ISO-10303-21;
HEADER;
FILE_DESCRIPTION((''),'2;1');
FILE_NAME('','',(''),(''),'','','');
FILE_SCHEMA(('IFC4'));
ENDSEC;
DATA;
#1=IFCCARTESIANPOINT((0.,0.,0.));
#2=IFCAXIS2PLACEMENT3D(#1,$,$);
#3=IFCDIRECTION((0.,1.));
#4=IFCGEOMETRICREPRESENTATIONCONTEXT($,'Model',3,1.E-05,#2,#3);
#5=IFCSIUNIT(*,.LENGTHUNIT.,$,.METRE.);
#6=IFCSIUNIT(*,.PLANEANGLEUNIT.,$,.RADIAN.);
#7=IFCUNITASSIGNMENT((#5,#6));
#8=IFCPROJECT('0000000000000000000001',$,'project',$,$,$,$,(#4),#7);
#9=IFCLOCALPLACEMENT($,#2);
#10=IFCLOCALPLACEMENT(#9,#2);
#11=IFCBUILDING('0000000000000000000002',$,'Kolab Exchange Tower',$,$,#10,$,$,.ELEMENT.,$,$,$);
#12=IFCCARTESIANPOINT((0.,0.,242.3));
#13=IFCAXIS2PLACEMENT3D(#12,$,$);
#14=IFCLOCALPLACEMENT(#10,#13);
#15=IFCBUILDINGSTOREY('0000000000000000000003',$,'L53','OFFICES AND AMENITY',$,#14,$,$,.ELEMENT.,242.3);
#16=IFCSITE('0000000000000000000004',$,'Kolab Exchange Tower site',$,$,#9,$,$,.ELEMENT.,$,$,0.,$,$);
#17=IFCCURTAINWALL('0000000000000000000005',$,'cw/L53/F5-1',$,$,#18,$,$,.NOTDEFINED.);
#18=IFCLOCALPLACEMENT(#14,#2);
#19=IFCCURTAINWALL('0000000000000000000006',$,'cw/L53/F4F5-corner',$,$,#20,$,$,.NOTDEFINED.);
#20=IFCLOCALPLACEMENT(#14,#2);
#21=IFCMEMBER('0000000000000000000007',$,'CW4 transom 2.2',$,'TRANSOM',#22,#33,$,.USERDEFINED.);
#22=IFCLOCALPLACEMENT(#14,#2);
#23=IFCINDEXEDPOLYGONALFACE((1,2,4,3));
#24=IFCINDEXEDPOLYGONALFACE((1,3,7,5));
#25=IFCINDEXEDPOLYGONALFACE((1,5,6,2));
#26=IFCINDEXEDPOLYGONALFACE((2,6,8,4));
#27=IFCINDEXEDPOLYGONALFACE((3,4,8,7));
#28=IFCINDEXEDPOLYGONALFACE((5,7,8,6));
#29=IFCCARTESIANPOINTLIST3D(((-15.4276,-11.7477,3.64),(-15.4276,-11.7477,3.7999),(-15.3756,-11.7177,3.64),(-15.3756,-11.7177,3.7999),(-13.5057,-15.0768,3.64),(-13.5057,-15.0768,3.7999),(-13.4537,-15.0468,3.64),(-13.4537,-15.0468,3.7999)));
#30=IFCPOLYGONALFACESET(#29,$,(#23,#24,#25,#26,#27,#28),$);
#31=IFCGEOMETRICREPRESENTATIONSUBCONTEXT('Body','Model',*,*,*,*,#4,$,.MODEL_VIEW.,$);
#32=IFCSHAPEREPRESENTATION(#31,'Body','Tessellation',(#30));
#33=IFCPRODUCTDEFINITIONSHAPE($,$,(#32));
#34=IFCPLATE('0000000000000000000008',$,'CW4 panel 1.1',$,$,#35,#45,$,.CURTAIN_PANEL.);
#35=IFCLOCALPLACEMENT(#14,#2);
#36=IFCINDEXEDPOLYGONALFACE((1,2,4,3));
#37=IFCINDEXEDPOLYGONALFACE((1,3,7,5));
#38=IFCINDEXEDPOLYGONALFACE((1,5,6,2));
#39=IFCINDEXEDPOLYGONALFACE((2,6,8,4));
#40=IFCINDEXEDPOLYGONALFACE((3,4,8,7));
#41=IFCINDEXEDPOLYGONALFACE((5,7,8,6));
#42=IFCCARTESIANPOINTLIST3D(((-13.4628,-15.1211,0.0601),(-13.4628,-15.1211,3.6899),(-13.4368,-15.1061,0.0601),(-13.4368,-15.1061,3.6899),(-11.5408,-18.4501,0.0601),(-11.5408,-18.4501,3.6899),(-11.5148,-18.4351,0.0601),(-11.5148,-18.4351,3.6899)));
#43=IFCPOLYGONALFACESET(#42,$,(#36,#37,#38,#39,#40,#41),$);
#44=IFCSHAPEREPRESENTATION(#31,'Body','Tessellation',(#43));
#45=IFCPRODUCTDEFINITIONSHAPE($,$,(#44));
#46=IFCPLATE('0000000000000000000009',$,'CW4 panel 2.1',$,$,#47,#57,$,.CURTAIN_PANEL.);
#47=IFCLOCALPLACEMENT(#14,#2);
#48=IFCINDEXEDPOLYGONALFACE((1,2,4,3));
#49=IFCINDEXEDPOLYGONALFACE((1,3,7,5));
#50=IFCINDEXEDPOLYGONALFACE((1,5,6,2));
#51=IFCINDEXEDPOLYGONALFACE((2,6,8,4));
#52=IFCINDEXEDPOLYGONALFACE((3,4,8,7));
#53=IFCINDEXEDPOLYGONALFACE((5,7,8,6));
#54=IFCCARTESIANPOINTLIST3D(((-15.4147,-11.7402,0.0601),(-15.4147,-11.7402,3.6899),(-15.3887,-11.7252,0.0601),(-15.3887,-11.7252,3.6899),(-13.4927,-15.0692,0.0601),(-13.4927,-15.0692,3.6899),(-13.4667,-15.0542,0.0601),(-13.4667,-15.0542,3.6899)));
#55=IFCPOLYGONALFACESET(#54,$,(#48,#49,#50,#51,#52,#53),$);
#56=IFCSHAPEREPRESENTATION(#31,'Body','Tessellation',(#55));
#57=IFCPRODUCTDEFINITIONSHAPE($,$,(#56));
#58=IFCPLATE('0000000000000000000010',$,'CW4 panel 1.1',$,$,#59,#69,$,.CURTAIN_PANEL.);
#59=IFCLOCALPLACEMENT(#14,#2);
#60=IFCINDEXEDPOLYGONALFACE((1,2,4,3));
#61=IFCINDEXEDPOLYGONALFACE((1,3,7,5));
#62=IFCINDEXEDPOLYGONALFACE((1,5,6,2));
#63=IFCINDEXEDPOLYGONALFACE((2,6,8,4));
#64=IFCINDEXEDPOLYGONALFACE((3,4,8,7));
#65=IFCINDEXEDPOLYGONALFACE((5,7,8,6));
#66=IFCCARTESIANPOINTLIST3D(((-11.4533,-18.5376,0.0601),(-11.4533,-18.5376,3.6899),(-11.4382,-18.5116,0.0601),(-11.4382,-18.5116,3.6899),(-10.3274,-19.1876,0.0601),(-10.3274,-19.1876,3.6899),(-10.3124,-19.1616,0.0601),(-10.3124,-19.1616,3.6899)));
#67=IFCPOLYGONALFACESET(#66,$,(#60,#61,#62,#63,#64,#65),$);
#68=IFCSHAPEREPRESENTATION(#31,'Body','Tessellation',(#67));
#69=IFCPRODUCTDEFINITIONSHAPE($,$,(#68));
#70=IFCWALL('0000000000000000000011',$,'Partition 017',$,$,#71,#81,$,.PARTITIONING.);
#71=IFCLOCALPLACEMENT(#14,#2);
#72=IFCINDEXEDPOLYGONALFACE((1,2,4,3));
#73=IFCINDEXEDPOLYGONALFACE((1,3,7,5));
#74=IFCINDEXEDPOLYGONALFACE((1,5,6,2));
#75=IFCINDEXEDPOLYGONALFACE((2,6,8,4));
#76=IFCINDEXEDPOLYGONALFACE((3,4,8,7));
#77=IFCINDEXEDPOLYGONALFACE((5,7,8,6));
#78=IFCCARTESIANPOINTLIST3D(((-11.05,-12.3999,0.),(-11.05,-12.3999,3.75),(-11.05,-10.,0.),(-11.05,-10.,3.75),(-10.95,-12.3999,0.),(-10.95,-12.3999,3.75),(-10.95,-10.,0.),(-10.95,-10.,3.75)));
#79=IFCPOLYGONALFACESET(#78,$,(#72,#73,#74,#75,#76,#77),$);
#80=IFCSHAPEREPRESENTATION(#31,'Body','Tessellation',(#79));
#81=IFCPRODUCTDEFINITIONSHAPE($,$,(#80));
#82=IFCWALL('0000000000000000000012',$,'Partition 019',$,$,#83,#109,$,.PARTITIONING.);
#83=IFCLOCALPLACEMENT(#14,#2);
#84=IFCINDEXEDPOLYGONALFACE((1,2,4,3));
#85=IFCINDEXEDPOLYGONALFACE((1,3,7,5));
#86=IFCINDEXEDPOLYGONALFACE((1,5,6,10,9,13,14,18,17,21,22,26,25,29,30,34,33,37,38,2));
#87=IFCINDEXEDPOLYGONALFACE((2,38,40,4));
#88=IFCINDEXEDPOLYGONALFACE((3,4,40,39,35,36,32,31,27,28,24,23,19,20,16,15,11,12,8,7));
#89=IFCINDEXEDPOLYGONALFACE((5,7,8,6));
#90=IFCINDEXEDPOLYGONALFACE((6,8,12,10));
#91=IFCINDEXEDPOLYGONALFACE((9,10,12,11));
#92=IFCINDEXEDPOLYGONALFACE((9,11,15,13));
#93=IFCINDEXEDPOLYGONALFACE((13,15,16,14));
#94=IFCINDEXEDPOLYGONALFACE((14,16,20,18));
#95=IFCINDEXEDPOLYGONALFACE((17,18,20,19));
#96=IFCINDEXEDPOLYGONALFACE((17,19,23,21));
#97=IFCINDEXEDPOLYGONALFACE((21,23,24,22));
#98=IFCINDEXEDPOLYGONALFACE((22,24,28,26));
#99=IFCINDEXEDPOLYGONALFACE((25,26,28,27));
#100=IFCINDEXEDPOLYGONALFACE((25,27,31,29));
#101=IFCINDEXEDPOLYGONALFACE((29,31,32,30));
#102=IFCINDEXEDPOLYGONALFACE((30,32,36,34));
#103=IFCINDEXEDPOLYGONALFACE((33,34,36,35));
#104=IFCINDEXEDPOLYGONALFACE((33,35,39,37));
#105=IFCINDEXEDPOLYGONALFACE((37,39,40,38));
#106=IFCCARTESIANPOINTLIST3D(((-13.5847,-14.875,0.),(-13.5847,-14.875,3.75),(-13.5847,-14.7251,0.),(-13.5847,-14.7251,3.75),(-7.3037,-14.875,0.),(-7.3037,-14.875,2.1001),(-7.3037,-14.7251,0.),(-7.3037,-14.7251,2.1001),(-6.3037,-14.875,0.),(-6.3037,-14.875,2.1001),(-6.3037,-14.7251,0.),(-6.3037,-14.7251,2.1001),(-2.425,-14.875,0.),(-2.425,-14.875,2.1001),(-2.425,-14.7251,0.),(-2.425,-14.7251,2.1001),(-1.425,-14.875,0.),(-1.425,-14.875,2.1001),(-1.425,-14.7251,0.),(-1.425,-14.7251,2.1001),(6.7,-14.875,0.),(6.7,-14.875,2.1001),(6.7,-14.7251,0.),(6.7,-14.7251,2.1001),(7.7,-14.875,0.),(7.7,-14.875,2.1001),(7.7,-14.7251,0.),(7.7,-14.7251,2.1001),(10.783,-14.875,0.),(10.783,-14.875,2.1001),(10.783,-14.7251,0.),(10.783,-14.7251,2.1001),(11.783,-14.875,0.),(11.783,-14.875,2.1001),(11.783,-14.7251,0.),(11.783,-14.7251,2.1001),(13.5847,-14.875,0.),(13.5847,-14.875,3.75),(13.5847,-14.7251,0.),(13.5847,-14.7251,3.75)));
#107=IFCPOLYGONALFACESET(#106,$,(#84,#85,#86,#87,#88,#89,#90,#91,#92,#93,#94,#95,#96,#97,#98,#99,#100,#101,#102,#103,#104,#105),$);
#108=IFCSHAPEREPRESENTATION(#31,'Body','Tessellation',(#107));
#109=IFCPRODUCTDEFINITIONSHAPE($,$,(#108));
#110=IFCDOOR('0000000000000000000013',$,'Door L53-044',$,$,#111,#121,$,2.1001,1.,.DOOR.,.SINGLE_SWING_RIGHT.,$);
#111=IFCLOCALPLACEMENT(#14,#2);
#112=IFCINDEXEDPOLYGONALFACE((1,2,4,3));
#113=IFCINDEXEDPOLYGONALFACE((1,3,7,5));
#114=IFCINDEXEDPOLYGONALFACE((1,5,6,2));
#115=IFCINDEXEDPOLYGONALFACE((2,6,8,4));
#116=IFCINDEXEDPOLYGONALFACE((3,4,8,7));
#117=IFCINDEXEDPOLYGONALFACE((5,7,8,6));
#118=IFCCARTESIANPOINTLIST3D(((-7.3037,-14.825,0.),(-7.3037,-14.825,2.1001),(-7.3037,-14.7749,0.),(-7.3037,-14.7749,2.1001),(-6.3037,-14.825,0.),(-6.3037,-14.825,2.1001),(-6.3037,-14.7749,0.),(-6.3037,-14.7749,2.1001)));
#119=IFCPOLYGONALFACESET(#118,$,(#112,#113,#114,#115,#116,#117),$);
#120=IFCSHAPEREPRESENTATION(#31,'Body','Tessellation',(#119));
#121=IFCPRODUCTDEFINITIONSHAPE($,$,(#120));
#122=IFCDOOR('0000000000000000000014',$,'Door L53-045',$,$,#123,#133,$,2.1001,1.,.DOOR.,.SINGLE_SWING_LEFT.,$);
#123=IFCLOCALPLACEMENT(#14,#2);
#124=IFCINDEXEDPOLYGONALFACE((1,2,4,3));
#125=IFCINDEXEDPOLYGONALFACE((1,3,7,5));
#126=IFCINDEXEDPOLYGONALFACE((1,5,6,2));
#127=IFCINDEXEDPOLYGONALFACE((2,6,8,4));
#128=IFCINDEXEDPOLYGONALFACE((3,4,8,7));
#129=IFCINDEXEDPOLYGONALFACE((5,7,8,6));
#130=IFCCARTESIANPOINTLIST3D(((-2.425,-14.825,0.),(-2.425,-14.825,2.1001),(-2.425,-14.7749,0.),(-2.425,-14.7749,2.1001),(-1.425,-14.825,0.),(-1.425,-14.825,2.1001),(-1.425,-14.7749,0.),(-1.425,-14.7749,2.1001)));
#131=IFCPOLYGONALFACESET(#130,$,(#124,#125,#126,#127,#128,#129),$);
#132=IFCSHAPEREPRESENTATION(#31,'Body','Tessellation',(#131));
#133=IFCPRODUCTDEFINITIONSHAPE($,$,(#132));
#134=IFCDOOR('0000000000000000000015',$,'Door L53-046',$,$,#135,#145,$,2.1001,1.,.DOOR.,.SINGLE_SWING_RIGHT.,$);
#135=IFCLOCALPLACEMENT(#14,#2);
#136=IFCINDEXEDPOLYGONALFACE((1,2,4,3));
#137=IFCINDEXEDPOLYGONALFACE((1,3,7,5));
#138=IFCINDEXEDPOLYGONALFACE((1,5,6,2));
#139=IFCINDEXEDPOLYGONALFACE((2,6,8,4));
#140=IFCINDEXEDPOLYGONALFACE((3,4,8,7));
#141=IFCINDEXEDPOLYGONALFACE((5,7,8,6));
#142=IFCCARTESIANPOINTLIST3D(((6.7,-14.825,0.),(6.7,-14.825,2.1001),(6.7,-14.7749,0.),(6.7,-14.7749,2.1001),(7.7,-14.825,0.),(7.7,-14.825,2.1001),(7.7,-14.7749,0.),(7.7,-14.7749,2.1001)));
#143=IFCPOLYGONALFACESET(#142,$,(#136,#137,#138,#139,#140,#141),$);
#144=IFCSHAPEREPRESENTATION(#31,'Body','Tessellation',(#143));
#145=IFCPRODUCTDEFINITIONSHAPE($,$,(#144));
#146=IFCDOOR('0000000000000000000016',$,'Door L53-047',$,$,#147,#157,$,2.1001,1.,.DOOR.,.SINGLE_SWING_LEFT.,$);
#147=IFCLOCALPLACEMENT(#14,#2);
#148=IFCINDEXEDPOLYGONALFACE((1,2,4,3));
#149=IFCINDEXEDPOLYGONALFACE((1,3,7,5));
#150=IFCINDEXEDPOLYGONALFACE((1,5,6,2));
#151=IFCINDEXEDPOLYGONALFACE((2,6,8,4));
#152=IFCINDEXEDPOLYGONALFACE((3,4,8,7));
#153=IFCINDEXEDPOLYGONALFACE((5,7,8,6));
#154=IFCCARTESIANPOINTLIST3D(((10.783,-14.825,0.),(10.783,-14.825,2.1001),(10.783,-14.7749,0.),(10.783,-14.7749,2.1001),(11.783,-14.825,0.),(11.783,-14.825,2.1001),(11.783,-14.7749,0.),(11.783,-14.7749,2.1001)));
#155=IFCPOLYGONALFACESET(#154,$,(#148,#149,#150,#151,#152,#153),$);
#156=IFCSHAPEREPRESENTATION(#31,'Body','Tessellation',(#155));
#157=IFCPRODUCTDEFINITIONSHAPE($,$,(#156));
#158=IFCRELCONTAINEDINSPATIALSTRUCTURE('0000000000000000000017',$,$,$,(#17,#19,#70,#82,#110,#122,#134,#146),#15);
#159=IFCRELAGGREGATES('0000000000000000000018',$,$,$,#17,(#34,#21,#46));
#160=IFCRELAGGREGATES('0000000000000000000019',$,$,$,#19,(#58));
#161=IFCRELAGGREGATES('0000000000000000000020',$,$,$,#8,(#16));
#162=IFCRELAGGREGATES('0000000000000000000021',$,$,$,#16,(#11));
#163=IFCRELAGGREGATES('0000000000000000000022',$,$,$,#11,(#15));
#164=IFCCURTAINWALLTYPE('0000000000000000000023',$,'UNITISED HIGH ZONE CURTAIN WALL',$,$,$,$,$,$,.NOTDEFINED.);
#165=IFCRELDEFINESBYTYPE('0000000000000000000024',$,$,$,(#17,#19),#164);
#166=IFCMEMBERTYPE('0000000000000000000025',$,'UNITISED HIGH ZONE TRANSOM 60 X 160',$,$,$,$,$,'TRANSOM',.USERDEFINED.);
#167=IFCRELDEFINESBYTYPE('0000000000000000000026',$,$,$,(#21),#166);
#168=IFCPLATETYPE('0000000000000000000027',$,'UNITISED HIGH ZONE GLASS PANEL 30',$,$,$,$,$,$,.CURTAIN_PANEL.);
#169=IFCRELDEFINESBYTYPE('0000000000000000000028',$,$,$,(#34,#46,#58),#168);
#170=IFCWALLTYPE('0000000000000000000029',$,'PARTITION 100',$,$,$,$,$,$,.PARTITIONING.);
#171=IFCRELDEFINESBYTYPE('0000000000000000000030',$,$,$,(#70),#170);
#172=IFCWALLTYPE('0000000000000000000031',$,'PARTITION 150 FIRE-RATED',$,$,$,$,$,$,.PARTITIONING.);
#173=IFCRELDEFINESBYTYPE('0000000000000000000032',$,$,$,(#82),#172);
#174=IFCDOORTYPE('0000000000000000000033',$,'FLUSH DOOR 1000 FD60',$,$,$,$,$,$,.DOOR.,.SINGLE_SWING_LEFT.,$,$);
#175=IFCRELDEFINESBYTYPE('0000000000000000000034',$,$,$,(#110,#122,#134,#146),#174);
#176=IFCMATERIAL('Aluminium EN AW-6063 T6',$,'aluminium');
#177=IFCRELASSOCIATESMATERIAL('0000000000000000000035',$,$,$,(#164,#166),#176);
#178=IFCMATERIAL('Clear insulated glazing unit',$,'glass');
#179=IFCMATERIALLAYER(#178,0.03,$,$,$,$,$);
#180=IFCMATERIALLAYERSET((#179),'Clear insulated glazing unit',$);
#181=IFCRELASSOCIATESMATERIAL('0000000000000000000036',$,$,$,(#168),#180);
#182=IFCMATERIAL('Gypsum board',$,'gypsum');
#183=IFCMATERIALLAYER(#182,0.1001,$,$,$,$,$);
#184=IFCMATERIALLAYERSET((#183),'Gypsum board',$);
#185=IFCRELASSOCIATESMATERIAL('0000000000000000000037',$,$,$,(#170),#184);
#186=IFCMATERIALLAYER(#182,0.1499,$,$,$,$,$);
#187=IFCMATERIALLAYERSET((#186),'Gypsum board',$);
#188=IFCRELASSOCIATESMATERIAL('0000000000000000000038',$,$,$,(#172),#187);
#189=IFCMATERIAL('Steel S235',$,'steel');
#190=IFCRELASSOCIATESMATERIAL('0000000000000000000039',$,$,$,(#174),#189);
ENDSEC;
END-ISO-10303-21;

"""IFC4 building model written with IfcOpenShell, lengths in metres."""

from ifc_helpers import new_model, si_unit, direction, frame, frame_2d, origin, origin_2d, place, context, subcontext, project, spatial, rectangle, extrude, material, layer, layer_set, material_profile, profile_set, type_object, element, fill, aggregate, save


model = new_model("IFC4")

# Units and contexts
model_context = context("Model", 3, precision=1e-05, world=origin(), true_north=direction((0.0, 1.0)))
body_context = subcontext(model_context, "Body", "Model", "MODEL_VIEW")
ifc_project = project(units=[si_unit("LENGTHUNIT", "METRE"), si_unit("PLANEANGLEUNIT", "RADIAN")], contexts=[model_context])

# Site, building, storey
site_placement = place(None, origin())
site = spatial("IfcSite", under=ifc_project, at=site_placement, Name="Kolab Exchange Tower site", CompositionType="ELEMENT", RefElevation=0.0)
building_placement = place(site_placement, origin())
building = spatial("IfcBuilding", under=site, at=building_placement, Name="Kolab Exchange Tower", CompositionType="ELEMENT")
storey_placement = place(building_placement, frame((0.0, 0.0, 242.3)))
storey = spatial("IfcBuildingStorey", under=building, at=storey_placement, Name="L53", Description="OFFICES AND AMENITY", CompositionType="ELEMENT", Elevation=242.3)

# Curtain wall
ifc_material_1 = material(Name="Aluminium EN AW-6063 T6", Category="aluminium")
curtain_wall_type = type_object("IfcCurtainWallType", Name="UNITISED HIGH ZONE CURTAIN WALL", PredefinedType="NOTDEFINED", material=ifc_material_1)
curtain_wall_1_placement = place(storey_placement, origin())
curtain_wall_1 = element("IfcCurtainWall", 1, at=curtain_wall_1_placement, inside=storey, type_object=curtain_wall_type, Name="cw/L53/F5-1", PredefinedType="NOTDEFINED")

# Curtain wall
curtain_wall_2_placement = place(storey_placement, origin())
curtain_wall_2 = element("IfcCurtainWall", 2, at=curtain_wall_2_placement, inside=storey, type_object=curtain_wall_type, Name="cw/L53/F4F5-corner", PredefinedType="NOTDEFINED")

# Member
ifc_material_profile_1 = material_profile(ifc_material_1, rectangle(XDim=0.0601, YDim=0.1599, at=origin_2d()), Name="RECT 60X160")
ifc_profile_set_1 = profile_set([ifc_material_profile_1], Name="Aluminium EN AW-6063 T6")
member_type_1 = type_object("IfcMemberType", Name="UNITISED HIGH ZONE TRANSOM 60 X 160", ElementType="TRANSOM", PredefinedType="USERDEFINED", material=ifc_profile_set_1)
member_1_placement = place(storey_placement, frame((-13.4797, -15.0618, 3.72), z_axis=(-0.499964, 0.866046, 0.0), x_axis=(-0.866046, -0.499964, 0.0)))
member_1 = element("IfcMember", 3, at=member_1_placement, type_object=member_type_1, Name="CW4 transom 2.2", ObjectType="TRANSOM", PredefinedType="USERDEFINED", context=body_context, shape_type="SweptSolid", body=[
    extrude(rectangle(XDim=0.0601, YDim=0.1599, at=origin_2d()), origin(), (0.0, 0.0, 1.0), 3.844),
])

# Plates
ifc_material_2 = material(Name="Clear insulated glazing unit", Category="glass")
ifc_layer_1 = layer(ifc_material_2, 0.03)
ifc_layer_set_1 = layer_set([ifc_layer_1], Name="Clear insulated glazing unit")
plate_type = type_object("IfcPlateType", Name="UNITISED HIGH ZONE GLASS PANEL 30", PredefinedType="CURTAIN_PANEL", material=ifc_layer_set_1)
plate_1_placement = place(storey_placement, frame((-12.4888, -16.7781, 0.0601), z_axis=(0.0, 0.0, 1.0), x_axis=(-0.5, 0.866025, 0.0)))
plate_1 = element("IfcPlate", 4, at=plate_1_placement, type_object=plate_type, Name="CW4 panel 1.1", PredefinedType="CURTAIN_PANEL", context=body_context, shape_type="SweptSolid", body=[
    extrude(rectangle(XDim=3.844, YDim=0.03, at=origin_2d()), origin(), (0.0, 0.0, 1.0), 3.6299),
])
plate_2_placement = place(storey_placement, frame((-14.4407, -13.3972, 0.0601), z_axis=(0.0, 0.0, 1.0), x_axis=(-0.5, 0.866025, 0.0)))
plate_2 = element("IfcPlate", 5, at=plate_2_placement, type_object=plate_type, Name="CW4 panel 2.1", PredefinedType="CURTAIN_PANEL", context=body_context, shape_type="SweptSolid", body=[
    extrude(rectangle(XDim=3.844, YDim=0.03, at=origin_2d()), origin(), (0.0, 0.0, 1.0), 3.6299),
])
aggregate(curtain_wall_1, [plate_1, member_1, plate_2])
plate_3_placement = place(storey_placement, frame((-10.8828, -18.8496, 0.0601), z_axis=(0.0, 0.0, 1.0), x_axis=(-0.866025, 0.5, 0.0)))
plate_3 = element("IfcPlate", 6, at=plate_3_placement, type_object=plate_type, Name="CW4 panel 1.1", PredefinedType="CURTAIN_PANEL", context=body_context, shape_type="SweptSolid", body=[
    extrude(rectangle(XDim=1.3, YDim=0.03, at=origin_2d()), origin(), (0.0, 0.0, 1.0), 3.6299),
])
aggregate(curtain_wall_2, [plate_3])

# Wall
ifc_material_3 = material(Name="Gypsum board", Category="gypsum")
ifc_layer_2 = layer(ifc_material_3, 0.1001)
ifc_layer_set_2 = layer_set([ifc_layer_2], Name="Gypsum board")
wall_type_1 = type_object("IfcWallType", Name="PARTITION 100", PredefinedType="PARTITIONING", material=ifc_layer_set_2)
wall_1_placement = place(storey_placement, frame((-11.0, -12.3999, 0.0), z_axis=(0.0, 0.0, 1.0), x_axis=(0.0, 1.0, 0.0)))
element("IfcWall", 7, at=wall_1_placement, inside=storey, type_object=wall_type_1, Name="Partition 017", PredefinedType="PARTITIONING", context=body_context, shape_type="SweptSolid", body=[
    extrude(rectangle(XDim=2.3999, YDim=0.1001, at=frame_2d((1.2, 0.0))), origin(), (0.0, 0.0, 1.0), 3.75),
])

# Wall, openings, doors
ifc_layer_3 = layer(ifc_material_3, 0.1499)
ifc_layer_set_3 = layer_set([ifc_layer_3], Name="Gypsum board")
wall_type_2 = type_object("IfcWallType", Name="PARTITION 150 FIRE-RATED", PredefinedType="PARTITIONING", material=ifc_layer_set_3)
wall_2_placement = place(storey_placement, frame((-13.5847, -14.8, 0.0), z_axis=(0.0, 0.0, 1.0), x_axis=(1.0, 0.0, 0.0)))
wall_2 = element("IfcWall", 8, at=wall_2_placement, inside=storey, type_object=wall_type_2, Name="Partition 019", PredefinedType="PARTITIONING", context=body_context, shape_type="SweptSolid", body=[
    extrude(rectangle(XDim=27.1694, YDim=0.1499, at=frame_2d((13.5847, 0.0))), origin(), (0.0, 0.0, 1.0), 3.75),
])
opening_1_placement = place(wall_2_placement, frame((6.281, 0.0, 0.0)))
opening_1 = element("IfcOpeningElement", 9, at=opening_1_placement, cuts=wall_2, PredefinedType="OPENING", context=body_context, shape_type="SweptSolid", body=[
    extrude(rectangle(XDim=1.0, YDim=2.1001, at=frame_2d((0.5, 1.05))), frame((0.0, 0.085, 0.0), z_axis=(0.0, -1.0, 0.0), x_axis=(1.0, 0.0, 0.0)), (0.0, 0.0, 1.0), 0.1699),
])
opening_2_placement = place(wall_2_placement, frame((11.1597, 0.0, 0.0)))
opening_2 = element("IfcOpeningElement", 10, at=opening_2_placement, cuts=wall_2, PredefinedType="OPENING", context=body_context, shape_type="SweptSolid", body=[
    extrude(rectangle(XDim=1.0, YDim=2.1001, at=frame_2d((0.5, 1.05))), frame((0.0, 0.085, 0.0), z_axis=(0.0, -1.0, 0.0), x_axis=(1.0, 0.0, 0.0)), (0.0, 0.0, 1.0), 0.1699),
])
opening_3_placement = place(wall_2_placement, frame((20.2847, 0.0, 0.0)))
opening_3 = element("IfcOpeningElement", 11, at=opening_3_placement, cuts=wall_2, PredefinedType="OPENING", context=body_context, shape_type="SweptSolid", body=[
    extrude(rectangle(XDim=1.0, YDim=2.1001, at=frame_2d((0.5, 1.05))), frame((0.0, 0.085, 0.0), z_axis=(0.0, -1.0, 0.0), x_axis=(1.0, 0.0, 0.0)), (0.0, 0.0, 1.0), 0.1699),
])
opening_4_placement = place(wall_2_placement, frame((24.3677, 0.0, 0.0)))
opening_4 = element("IfcOpeningElement", 12, at=opening_4_placement, cuts=wall_2, PredefinedType="OPENING", context=body_context, shape_type="SweptSolid", body=[
    extrude(rectangle(XDim=1.0, YDim=2.1001, at=frame_2d((0.5, 1.05))), frame((0.0, 0.085, 0.0), z_axis=(0.0, -1.0, 0.0), x_axis=(1.0, 0.0, 0.0)), (0.0, 0.0, 1.0), 0.1699),
])
ifc_material_4 = material(Name="Steel S235", Category="steel")
door_type_1 = type_object("IfcDoorType", Name="FLUSH DOOR 1000 FD60", OperationType="SINGLE_SWING_LEFT", PredefinedType="DOOR", material=ifc_material_4)
door_1_placement = place(opening_1_placement, frame((1.0, 0.0, 0.0), z_axis=(0.0, 0.0, 1.0), x_axis=(-1.0, 0.0, 0.0)))
door_1 = element("IfcDoor", 13, at=door_1_placement, inside=storey, type_object=door_type_1, Name="Door L53-044", OperationType="SINGLE_SWING_RIGHT", OverallHeight=2.1001, OverallWidth=1.0, PredefinedType="DOOR", context=body_context, shape_type="SweptSolid", body=[
    extrude(rectangle(XDim=1.0, YDim=2.1001, at=frame_2d((0.5, 1.05))), frame((0.0, 0.0249, 0.0), z_axis=(0.0, -1.0, 0.0), x_axis=(1.0, 0.0, 0.0)), (0.0, 0.0, 1.0), 0.05),
])
fill(opening_1, door_1)
door_2_placement = place(opening_2_placement, frame((1.0, 0.0, 0.0), z_axis=(0.0, 0.0, 1.0), x_axis=(-1.0, 0.0, 0.0)))
door_2 = element("IfcDoor", 14, at=door_2_placement, inside=storey, type_object=door_type_1, Name="Door L53-045", OperationType="SINGLE_SWING_LEFT", OverallHeight=2.1001, OverallWidth=1.0, PredefinedType="DOOR", context=body_context, shape_type="SweptSolid", body=[
    extrude(rectangle(XDim=1.0, YDim=2.1001, at=frame_2d((0.5, 1.05))), frame((0.0, 0.0249, 0.0), z_axis=(0.0, -1.0, 0.0), x_axis=(1.0, 0.0, 0.0)), (0.0, 0.0, 1.0), 0.05),
])
fill(opening_2, door_2)
door_3_placement = place(opening_3_placement, frame((1.0, 0.0, 0.0), z_axis=(0.0, 0.0, 1.0), x_axis=(-1.0, 0.0, 0.0)))
door_3 = element("IfcDoor", 15, at=door_3_placement, inside=storey, type_object=door_type_1, Name="Door L53-046", OperationType="SINGLE_SWING_RIGHT", OverallHeight=2.1001, OverallWidth=1.0, PredefinedType="DOOR", context=body_context, shape_type="SweptSolid", body=[
    extrude(rectangle(XDim=1.0, YDim=2.1001, at=frame_2d((0.5, 1.05))), frame((0.0, 0.0249, 0.0), z_axis=(0.0, -1.0, 0.0), x_axis=(1.0, 0.0, 0.0)), (0.0, 0.0, 1.0), 0.05),
])
fill(opening_3, door_3)
door_4_placement = place(opening_4_placement, frame((1.0, 0.0, 0.0), z_axis=(0.0, 0.0, 1.0), x_axis=(-1.0, 0.0, 0.0)))
door_4 = element("IfcDoor", 16, at=door_4_placement, inside=storey, type_object=door_type_1, Name="Door L53-047", OperationType="SINGLE_SWING_LEFT", OverallHeight=2.1001, OverallWidth=1.0, PredefinedType="DOOR", context=body_context, shape_type="SweptSolid", body=[
    extrude(rectangle(XDim=1.0, YDim=2.1001, at=frame_2d((0.5, 1.05))), frame((0.0, 0.0249, 0.0), z_axis=(0.0, -1.0, 0.0), x_axis=(1.0, 0.0, 0.0)), (0.0, 0.0, 1.0), 0.05),
])
fill(opening_4, door_4)

save(model, "model.ifc")
